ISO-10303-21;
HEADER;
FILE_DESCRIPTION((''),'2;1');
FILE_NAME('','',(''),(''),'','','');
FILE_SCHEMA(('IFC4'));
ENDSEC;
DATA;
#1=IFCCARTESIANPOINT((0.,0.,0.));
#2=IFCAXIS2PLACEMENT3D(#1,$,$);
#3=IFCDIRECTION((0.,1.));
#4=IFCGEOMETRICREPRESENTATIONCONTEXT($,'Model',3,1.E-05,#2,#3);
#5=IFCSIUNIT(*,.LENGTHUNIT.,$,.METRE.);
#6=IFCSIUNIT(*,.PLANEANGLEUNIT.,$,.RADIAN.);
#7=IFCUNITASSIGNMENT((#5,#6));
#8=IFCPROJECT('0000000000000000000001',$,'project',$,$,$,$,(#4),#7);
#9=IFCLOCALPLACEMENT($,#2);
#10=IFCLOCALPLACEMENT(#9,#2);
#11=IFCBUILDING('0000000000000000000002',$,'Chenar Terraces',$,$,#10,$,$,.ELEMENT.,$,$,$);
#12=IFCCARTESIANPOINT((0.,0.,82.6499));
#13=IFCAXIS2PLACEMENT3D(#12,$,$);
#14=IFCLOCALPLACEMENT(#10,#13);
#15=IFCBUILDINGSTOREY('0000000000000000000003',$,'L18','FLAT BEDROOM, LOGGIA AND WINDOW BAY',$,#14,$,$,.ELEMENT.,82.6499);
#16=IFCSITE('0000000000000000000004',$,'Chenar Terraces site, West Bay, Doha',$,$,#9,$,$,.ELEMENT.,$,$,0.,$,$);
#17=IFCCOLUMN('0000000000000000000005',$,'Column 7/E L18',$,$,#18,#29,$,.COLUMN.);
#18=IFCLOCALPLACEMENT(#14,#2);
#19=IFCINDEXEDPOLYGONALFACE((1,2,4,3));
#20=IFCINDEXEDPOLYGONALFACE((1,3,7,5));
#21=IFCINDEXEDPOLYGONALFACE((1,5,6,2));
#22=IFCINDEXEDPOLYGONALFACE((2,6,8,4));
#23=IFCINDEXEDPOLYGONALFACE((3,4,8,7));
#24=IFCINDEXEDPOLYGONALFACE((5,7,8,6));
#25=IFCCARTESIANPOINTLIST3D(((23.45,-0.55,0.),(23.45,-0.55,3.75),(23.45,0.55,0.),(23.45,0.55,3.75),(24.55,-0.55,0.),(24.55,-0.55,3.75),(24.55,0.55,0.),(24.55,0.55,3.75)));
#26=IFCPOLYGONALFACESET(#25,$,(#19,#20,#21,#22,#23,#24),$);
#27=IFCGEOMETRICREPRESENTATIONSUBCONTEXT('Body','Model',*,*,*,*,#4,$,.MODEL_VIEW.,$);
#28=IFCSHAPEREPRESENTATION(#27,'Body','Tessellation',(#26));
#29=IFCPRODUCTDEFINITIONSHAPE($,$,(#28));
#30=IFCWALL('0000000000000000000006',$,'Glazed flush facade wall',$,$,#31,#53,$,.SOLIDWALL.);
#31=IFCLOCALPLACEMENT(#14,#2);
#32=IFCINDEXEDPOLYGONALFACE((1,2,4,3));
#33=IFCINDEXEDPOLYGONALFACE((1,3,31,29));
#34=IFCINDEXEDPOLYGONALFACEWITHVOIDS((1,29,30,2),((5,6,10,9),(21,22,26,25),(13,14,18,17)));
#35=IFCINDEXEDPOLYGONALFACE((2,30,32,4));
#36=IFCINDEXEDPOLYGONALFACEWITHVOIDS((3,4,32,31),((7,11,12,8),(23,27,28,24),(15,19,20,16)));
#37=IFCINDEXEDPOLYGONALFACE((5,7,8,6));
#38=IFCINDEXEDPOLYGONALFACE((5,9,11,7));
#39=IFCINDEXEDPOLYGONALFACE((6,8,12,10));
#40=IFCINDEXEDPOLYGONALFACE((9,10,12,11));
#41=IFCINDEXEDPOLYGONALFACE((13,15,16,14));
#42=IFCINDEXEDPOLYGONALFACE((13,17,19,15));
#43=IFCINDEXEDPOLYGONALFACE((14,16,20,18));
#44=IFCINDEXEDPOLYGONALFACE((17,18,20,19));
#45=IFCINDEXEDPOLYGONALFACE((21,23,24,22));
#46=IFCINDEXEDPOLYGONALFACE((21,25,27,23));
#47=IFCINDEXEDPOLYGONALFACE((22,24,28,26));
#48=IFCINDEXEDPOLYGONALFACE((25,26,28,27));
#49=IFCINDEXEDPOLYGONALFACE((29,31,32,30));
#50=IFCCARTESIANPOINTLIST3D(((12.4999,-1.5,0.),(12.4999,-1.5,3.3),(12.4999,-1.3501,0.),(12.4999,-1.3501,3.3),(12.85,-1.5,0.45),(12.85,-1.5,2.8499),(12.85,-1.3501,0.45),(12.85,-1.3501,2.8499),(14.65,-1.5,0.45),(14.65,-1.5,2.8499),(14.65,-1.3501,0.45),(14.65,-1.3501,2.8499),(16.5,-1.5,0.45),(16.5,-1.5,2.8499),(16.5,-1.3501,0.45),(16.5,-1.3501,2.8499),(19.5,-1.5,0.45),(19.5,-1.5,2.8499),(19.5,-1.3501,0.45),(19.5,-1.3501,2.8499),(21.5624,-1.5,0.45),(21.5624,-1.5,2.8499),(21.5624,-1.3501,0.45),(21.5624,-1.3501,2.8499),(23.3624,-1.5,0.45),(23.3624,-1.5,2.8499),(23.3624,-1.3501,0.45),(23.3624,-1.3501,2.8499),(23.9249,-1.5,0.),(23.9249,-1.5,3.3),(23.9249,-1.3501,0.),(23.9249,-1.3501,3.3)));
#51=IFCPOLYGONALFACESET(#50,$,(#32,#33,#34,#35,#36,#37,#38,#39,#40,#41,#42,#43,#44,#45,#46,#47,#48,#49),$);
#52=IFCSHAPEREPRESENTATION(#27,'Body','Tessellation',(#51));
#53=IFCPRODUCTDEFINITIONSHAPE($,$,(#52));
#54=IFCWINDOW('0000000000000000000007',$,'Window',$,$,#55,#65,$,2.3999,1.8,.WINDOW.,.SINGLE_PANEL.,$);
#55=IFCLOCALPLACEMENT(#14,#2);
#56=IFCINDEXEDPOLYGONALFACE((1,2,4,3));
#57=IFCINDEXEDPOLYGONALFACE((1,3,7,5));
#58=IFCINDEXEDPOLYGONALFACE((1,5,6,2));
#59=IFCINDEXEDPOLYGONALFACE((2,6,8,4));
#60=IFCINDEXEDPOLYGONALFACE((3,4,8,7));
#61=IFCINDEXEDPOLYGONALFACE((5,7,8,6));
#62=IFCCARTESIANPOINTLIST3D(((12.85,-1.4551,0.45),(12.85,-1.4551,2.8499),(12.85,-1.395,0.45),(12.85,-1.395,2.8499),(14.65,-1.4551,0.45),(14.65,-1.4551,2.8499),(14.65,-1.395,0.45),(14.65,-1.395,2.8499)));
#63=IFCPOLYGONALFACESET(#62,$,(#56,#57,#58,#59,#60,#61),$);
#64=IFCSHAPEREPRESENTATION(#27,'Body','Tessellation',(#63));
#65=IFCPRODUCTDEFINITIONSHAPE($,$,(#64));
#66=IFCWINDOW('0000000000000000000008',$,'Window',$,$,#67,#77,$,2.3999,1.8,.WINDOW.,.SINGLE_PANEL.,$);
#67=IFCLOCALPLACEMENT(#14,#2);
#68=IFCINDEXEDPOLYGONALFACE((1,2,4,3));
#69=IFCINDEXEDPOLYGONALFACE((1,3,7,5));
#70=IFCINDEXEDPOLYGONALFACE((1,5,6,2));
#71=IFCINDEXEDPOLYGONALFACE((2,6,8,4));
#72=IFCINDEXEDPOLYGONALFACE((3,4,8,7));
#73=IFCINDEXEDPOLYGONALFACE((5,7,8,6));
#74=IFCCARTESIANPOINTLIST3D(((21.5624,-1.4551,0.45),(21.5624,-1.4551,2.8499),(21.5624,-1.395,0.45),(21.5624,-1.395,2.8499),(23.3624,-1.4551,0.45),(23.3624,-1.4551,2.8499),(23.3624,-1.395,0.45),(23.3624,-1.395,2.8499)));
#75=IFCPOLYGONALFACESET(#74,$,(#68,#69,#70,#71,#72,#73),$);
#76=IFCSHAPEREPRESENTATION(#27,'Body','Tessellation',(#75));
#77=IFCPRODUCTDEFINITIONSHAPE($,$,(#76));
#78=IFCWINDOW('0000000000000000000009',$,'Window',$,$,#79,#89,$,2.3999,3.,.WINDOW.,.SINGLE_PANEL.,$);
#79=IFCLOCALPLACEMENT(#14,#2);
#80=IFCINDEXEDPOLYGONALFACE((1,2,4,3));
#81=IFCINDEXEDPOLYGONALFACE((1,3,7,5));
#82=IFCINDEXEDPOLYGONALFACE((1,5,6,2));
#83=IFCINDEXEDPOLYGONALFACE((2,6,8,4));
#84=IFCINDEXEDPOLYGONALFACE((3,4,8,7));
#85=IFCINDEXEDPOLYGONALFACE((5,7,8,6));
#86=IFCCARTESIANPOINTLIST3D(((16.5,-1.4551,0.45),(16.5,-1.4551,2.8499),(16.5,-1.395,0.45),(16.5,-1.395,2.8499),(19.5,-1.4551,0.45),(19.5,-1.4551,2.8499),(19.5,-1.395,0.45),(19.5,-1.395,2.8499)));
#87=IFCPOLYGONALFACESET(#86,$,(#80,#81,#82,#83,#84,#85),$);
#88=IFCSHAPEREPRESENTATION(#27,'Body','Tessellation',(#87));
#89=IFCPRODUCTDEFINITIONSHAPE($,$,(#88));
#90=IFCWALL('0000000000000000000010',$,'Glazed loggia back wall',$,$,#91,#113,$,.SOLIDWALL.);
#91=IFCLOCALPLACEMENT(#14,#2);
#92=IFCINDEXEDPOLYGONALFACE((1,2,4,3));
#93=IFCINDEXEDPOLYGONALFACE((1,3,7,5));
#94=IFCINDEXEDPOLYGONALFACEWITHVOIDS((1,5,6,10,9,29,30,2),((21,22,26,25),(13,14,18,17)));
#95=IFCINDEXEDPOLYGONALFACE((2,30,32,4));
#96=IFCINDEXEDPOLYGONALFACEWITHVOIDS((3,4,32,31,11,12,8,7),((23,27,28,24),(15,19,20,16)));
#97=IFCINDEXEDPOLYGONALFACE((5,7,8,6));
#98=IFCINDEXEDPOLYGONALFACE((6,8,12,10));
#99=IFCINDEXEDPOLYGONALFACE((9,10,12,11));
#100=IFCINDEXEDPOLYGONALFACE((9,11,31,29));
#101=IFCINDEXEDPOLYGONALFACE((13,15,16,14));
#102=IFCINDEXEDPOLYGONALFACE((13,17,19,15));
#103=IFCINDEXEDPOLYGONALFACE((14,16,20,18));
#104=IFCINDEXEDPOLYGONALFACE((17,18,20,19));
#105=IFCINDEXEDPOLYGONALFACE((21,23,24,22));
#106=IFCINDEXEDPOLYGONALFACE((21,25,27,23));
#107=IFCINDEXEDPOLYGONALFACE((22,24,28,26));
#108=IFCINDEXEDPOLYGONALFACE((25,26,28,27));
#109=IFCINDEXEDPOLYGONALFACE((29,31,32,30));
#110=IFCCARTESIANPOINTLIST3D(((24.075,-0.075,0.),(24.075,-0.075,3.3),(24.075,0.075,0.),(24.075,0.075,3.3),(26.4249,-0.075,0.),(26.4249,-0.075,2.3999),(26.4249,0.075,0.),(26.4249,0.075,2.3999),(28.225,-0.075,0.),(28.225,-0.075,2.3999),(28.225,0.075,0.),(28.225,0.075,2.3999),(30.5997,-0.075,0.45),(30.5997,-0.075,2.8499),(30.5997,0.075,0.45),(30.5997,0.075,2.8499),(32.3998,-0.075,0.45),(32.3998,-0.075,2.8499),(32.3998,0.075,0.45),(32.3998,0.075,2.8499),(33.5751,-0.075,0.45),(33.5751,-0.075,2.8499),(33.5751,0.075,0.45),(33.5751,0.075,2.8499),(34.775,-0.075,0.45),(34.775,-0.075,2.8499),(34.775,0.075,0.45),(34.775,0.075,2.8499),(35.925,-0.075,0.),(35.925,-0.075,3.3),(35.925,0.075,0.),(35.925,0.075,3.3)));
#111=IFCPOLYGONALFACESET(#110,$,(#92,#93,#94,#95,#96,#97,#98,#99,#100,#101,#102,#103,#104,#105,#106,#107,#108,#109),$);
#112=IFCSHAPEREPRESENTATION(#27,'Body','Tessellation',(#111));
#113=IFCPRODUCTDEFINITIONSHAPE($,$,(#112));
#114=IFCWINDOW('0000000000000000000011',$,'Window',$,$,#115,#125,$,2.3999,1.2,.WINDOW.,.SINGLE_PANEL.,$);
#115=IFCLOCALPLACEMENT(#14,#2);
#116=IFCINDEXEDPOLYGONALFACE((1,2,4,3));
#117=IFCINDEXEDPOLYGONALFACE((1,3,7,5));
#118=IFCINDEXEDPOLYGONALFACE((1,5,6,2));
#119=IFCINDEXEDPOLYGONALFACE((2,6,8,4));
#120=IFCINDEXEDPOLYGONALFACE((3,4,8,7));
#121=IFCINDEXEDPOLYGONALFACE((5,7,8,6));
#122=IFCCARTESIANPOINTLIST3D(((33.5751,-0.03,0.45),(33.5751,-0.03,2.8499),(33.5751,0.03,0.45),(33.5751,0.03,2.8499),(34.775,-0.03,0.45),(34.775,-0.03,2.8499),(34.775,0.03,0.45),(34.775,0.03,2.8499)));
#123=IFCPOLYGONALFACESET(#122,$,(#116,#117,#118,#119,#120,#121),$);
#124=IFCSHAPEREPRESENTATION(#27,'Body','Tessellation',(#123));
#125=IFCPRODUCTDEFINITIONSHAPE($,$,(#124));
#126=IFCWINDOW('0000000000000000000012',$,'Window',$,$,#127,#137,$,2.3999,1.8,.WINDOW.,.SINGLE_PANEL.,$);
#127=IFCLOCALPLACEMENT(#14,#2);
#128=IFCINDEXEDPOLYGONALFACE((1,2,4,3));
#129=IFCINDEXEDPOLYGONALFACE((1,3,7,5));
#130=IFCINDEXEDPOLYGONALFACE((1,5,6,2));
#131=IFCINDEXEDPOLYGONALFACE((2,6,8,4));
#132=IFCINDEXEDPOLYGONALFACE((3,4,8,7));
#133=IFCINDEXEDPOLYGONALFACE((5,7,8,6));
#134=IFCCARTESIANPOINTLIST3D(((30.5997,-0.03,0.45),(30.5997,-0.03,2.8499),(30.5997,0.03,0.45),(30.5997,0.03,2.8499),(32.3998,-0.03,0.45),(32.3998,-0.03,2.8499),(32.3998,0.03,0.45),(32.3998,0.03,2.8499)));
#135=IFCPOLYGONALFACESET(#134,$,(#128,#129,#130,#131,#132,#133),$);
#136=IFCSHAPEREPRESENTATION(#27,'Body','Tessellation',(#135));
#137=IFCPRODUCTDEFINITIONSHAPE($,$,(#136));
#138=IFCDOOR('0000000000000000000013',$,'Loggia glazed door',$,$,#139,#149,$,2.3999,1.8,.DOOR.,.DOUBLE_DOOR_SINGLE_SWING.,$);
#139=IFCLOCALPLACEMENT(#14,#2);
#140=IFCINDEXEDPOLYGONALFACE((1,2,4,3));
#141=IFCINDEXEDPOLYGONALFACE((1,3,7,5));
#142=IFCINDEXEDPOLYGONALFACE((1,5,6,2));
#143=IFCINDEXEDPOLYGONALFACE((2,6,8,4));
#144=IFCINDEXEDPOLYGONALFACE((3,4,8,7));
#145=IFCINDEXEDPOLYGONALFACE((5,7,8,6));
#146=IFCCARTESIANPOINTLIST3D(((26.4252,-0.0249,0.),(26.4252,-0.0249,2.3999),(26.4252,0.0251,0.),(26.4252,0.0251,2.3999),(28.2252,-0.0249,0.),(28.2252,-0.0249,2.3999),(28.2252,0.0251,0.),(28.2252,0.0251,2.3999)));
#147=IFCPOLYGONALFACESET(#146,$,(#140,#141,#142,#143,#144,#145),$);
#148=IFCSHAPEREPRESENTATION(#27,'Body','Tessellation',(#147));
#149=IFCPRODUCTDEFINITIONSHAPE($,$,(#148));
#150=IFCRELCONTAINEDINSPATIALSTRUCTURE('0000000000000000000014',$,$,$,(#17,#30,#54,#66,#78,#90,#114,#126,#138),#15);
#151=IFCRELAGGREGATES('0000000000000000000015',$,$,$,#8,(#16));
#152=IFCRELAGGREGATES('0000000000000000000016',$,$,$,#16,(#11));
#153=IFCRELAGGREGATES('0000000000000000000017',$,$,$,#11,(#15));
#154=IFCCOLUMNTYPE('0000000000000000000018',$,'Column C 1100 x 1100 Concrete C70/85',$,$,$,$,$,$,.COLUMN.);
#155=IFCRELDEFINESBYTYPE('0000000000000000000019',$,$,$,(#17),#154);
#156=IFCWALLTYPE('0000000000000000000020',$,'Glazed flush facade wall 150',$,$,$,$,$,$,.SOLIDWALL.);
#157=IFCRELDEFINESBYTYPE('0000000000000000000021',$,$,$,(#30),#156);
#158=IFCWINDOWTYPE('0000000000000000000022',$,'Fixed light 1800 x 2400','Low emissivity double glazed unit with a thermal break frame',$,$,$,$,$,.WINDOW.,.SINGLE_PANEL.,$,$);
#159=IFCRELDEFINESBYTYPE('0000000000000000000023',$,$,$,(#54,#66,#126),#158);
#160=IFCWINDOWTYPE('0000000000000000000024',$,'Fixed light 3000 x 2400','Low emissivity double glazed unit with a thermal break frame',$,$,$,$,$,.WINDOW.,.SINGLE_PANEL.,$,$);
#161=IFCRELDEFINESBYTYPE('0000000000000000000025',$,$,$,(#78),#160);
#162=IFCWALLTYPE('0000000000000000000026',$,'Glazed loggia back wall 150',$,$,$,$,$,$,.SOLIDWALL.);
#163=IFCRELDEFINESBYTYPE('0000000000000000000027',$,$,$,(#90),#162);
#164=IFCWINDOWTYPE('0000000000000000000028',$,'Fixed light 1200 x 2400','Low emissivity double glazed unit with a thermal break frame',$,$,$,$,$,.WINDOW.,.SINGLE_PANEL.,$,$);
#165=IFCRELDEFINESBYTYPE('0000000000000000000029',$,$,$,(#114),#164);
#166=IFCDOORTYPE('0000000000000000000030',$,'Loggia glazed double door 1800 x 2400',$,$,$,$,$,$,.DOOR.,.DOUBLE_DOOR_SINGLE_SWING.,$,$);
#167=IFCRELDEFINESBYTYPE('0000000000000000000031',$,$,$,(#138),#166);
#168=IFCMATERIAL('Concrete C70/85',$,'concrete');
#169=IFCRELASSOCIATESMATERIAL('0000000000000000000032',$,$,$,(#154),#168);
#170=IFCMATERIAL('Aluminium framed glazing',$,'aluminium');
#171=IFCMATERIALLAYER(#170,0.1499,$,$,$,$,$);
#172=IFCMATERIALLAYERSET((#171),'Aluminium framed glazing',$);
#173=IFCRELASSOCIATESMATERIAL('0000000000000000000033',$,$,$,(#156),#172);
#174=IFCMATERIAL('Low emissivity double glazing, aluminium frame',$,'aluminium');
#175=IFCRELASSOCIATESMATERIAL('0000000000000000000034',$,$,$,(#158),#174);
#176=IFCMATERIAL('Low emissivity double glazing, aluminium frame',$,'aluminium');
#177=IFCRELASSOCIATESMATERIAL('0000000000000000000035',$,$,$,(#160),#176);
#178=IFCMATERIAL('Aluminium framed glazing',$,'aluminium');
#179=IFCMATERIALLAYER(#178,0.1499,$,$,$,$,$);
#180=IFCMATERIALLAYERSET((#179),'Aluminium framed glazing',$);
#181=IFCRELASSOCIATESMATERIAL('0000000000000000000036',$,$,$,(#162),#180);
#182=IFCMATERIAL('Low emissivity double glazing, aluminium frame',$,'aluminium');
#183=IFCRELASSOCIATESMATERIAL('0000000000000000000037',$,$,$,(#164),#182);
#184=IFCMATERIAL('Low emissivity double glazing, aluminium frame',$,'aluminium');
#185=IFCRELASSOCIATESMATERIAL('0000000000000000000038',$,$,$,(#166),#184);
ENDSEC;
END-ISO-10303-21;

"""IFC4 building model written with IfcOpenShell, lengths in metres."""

from ifc_helpers import new_model, si_unit, direction, frame, frame_2d, origin, origin_2d, place, context, subcontext, project, spatial, rectangle, extrude, material, layer, layer_set, material_profile, profile_set, type_object, element, fill, save


model = new_model("IFC4")

# Units and contexts
model_context = context("Model", 3, precision=1e-05, world=origin(), true_north=direction((0.0, 1.0)))
body_context = subcontext(model_context, "Body", "Model", "MODEL_VIEW")
ifc_project = project(units=[si_unit("LENGTHUNIT", "METRE"), si_unit("PLANEANGLEUNIT", "RADIAN")], contexts=[model_context])

# Site, building, storey
site_placement = place(None, origin())
site = spatial("IfcSite", under=ifc_project, at=site_placement, Name="Chenar Terraces site, West Bay, Doha", CompositionType="ELEMENT", RefElevation=0.0)
building_placement = place(site_placement, origin())
building = spatial("IfcBuilding", under=site, at=building_placement, Name="Chenar Terraces", CompositionType="ELEMENT")
storey_placement = place(building_placement, frame((0.0, 0.0, 82.6499)))
storey = spatial("IfcBuildingStorey", under=building, at=storey_placement, Name="L18", Description="FLAT BEDROOM, LOGGIA AND WINDOW BAY", CompositionType="ELEMENT", Elevation=82.6499)

# Column
ifc_material_1 = material(Name="Concrete C70/85", Category="concrete")
ifc_material_profile = material_profile(ifc_material_1, rectangle(XDim=1.1001, YDim=1.1001, at=origin_2d()), Name="C 1100 x 1100")
ifc_profile_set = profile_set([ifc_material_profile], Name="Concrete C70/85")
column_type = type_object("IfcColumnType", Name="Column C 1100 x 1100 Concrete C70/85", PredefinedType="COLUMN", material=ifc_profile_set)
column_placement = place(storey_placement, frame((24.0, 0.0, 0.0), z_axis=(0.0, 0.0, 1.0), x_axis=(1.0, 0.0, 0.0)))
element("IfcColumn", 1, at=column_placement, inside=storey, type_object=column_type, Name="Column 7/E L18", PredefinedType="COLUMN", context=body_context, shape_type="SweptSolid", body=[
    extrude(rectangle(XDim=1.1001, YDim=1.1001, at=origin_2d()), origin(), (0.0, 0.0, 1.0), 3.75),
])

# Wall, openings, windows
ifc_material_2 = material(Name="Aluminium framed glazing", Category="aluminium")
ifc_layer_1 = layer(ifc_material_2, 0.1499)
ifc_layer_set_1 = layer_set([ifc_layer_1], Name="Aluminium framed glazing")
wall_type_1 = type_object("IfcWallType", Name="Glazed flush facade wall 150", PredefinedType="SOLIDWALL", material=ifc_layer_set_1)
wall_1_placement = place(storey_placement, frame((12.5, -1.425, 0.0), z_axis=(0.0, 0.0, 1.0), x_axis=(1.0, 0.0, 0.0)))
wall_1 = element("IfcWall", 2, at=wall_1_placement, inside=storey, type_object=wall_type_1, Name="Glazed flush facade wall", PredefinedType="SOLIDWALL", context=body_context, shape_type="SweptSolid", body=[
    extrude(rectangle(XDim=11.425, YDim=0.1499, at=frame_2d((5.7124, 0.0))), origin(), (0.0, 0.0, 1.0), 3.3),
])
opening_1_placement = place(wall_1_placement, frame((0.3501, 0.0, 0.45)))
opening_1 = element("IfcOpeningElement", 3, at=opening_1_placement, cuts=wall_1, PredefinedType="OPENING", context=body_context, shape_type="SweptSolid", body=[
    extrude(rectangle(XDim=1.8, YDim=2.3999, at=frame_2d((0.8999, 1.2))), frame((0.0, 0.085, 0.0), z_axis=(0.0, -1.0, 0.0), x_axis=(1.0, 0.0, 0.0)), (0.0, 0.0, 1.0), 0.1699),
])
opening_2_placement = place(wall_1_placement, frame((4.0, 0.0, 0.45)))
opening_2 = element("IfcOpeningElement", 4, at=opening_2_placement, cuts=wall_1, PredefinedType="OPENING", context=body_context, shape_type="SweptSolid", body=[
    extrude(rectangle(XDim=3.0, YDim=2.3999, at=frame_2d((1.5, 1.2))), frame((0.0, 0.085, 0.0), z_axis=(0.0, -1.0, 0.0), x_axis=(1.0, 0.0, 0.0)), (0.0, 0.0, 1.0), 0.1699),
])
opening_3_placement = place(wall_1_placement, frame((9.0625, 0.0, 0.45)))
opening_3 = element("IfcOpeningElement", 5, at=opening_3_placement, cuts=wall_1, PredefinedType="OPENING", context=body_context, shape_type="SweptSolid", body=[
    extrude(rectangle(XDim=1.8, YDim=2.3999, at=frame_2d((0.8999, 1.2))), frame((0.0, 0.085, 0.0), z_axis=(0.0, -1.0, 0.0), x_axis=(1.0, 0.0, 0.0)), (0.0, 0.0, 1.0), 0.1699),
])
ifc_material_3 = material(Name="Low emissivity double glazing, aluminium frame", Category="aluminium")
window_type_1 = type_object("IfcWindowType", Name="Fixed light 1800 x 2400", Description="Low emissivity double glazed unit with a thermal break frame", PartitioningType="SINGLE_PANEL", PredefinedType="WINDOW", material=ifc_material_3)
window_1_placement = place(opening_1_placement, origin())
window_1 = element("IfcWindow", 6, at=window_1_placement, inside=storey, type_object=window_type_1, Name="Window", OverallHeight=2.3999, OverallWidth=1.8, PartitioningType="SINGLE_PANEL", PredefinedType="WINDOW", context=body_context, shape_type="SweptSolid", body=[
    extrude(rectangle(XDim=1.8, YDim=2.3999, at=frame_2d((0.8999, 1.2))), frame((0.0, 0.03, 0.0), z_axis=(0.0, -1.0, 0.0), x_axis=(1.0, 0.0, 0.0)), (0.0, 0.0, 1.0), 0.0601),
])
fill(opening_1, window_1)
window_2_placement = place(opening_3_placement, origin())
window_2 = element("IfcWindow", 7, at=window_2_placement, inside=storey, type_object=window_type_1, Name="Window", OverallHeight=2.3999, OverallWidth=1.8, PartitioningType="SINGLE_PANEL", PredefinedType="WINDOW", context=body_context, shape_type="SweptSolid", body=[
    extrude(rectangle(XDim=1.8, YDim=2.3999, at=frame_2d((0.8999, 1.2))), frame((0.0, 0.03, 0.0), z_axis=(0.0, -1.0, 0.0), x_axis=(1.0, 0.0, 0.0)), (0.0, 0.0, 1.0), 0.0601),
])
fill(opening_3, window_2)
ifc_material_4 = material(Name="Low emissivity double glazing, aluminium frame", Category="aluminium")
window_type_2 = type_object("IfcWindowType", Name="Fixed light 3000 x 2400", Description="Low emissivity double glazed unit with a thermal break frame", PartitioningType="SINGLE_PANEL", PredefinedType="WINDOW", material=ifc_material_4)
window_3_placement = place(opening_2_placement, origin())
window_3 = element("IfcWindow", 8, at=window_3_placement, inside=storey, type_object=window_type_2, Name="Window", OverallHeight=2.3999, OverallWidth=3.0, PartitioningType="SINGLE_PANEL", PredefinedType="WINDOW", context=body_context, shape_type="SweptSolid", body=[
    extrude(rectangle(XDim=3.0, YDim=2.3999, at=frame_2d((1.5, 1.2))), frame((0.0, 0.03, 0.0), z_axis=(0.0, -1.0, 0.0), x_axis=(1.0, 0.0, 0.0)), (0.0, 0.0, 1.0), 0.0601),
])
fill(opening_2, window_3)

# Wall, openings, windows, door
ifc_material_5 = material(Name="Aluminium framed glazing", Category="aluminium")
ifc_layer_2 = layer(ifc_material_5, 0.1499)
ifc_layer_set_2 = layer_set([ifc_layer_2], Name="Aluminium framed glazing")
wall_type_2 = type_object("IfcWallType", Name="Glazed loggia back wall 150", PredefinedType="SOLIDWALL", material=ifc_layer_set_2)
wall_2_placement = place(storey_placement, frame((24.075, 0.0, 0.0), z_axis=(0.0, 0.0, 1.0), x_axis=(1.0, 0.0, 0.0)))
wall_2 = element("IfcWall", 9, at=wall_2_placement, inside=storey, type_object=wall_type_2, Name="Glazed loggia back wall", PredefinedType="SOLIDWALL", context=body_context, shape_type="SweptSolid", body=[
    extrude(rectangle(XDim=11.8501, YDim=0.1499, at=frame_2d((5.925, 0.0))), origin(), (0.0, 0.0, 1.0), 3.3),
])
opening_4_placement = place(wall_2_placement, frame((2.3501, 0.0, 0.0)))
opening_4 = element("IfcOpeningElement", 10, at=opening_4_placement, cuts=wall_2, PredefinedType="OPENING", context=body_context, shape_type="SweptSolid", body=[
    extrude(rectangle(XDim=1.8, YDim=2.3999, at=frame_2d((0.8999, 1.2))), frame((0.0, 0.085, 0.0), z_axis=(0.0, -1.0, 0.0), x_axis=(1.0, 0.0, 0.0)), (0.0, 0.0, 1.0), 0.1699),
])
opening_5_placement = place(wall_2_placement, frame((6.5249, 0.0, 0.45)))
opening_5 = element("IfcOpeningElement", 11, at=opening_5_placement, cuts=wall_2, PredefinedType="OPENING", context=body_context, shape_type="SweptSolid", body=[
    extrude(rectangle(XDim=1.8, YDim=2.3999, at=frame_2d((0.8999, 1.2))), frame((0.0, 0.085, 0.0), z_axis=(0.0, -1.0, 0.0), x_axis=(1.0, 0.0, 0.0)), (0.0, 0.0, 1.0), 0.1699),
])
opening_6_placement = place(wall_2_placement, frame((9.5, 0.0, 0.45)))
opening_6 = element("IfcOpeningElement", 12, at=opening_6_placement, cuts=wall_2, PredefinedType="OPENING", context=body_context, shape_type="SweptSolid", body=[
    extrude(rectangle(XDim=1.2, YDim=2.3999, at=frame_2d((0.6001, 1.2))), frame((0.0, 0.085, 0.0), z_axis=(0.0, -1.0, 0.0), x_axis=(1.0, 0.0, 0.0)), (0.0, 0.0, 1.0), 0.1699),
])
ifc_material_6 = material(Name="Low emissivity double glazing, aluminium frame", Category="aluminium")
window_type_3 = type_object("IfcWindowType", Name="Fixed light 1200 x 2400", Description="Low emissivity double glazed unit with a thermal break frame", PartitioningType="SINGLE_PANEL", PredefinedType="WINDOW", material=ifc_material_6)
window_4_placement = place(opening_6_placement, origin())
window_4 = element("IfcWindow", 13, at=window_4_placement, inside=storey, type_object=window_type_3, Name="Window", OverallHeight=2.3999, OverallWidth=1.2, PartitioningType="SINGLE_PANEL", PredefinedType="WINDOW", context=body_context, shape_type="SweptSolid", body=[
    extrude(rectangle(XDim=1.2, YDim=2.3999, at=frame_2d((0.6001, 1.2))), frame((0.0, 0.03, 0.0), z_axis=(0.0, -1.0, 0.0), x_axis=(1.0, 0.0, 0.0)), (0.0, 0.0, 1.0), 0.0601),
])
fill(opening_6, window_4)
window_5_placement = place(opening_5_placement, origin())
window_5 = element("IfcWindow", 14, at=window_5_placement, inside=storey, type_object=window_type_1, Name="Window", OverallHeight=2.3999, OverallWidth=1.8, PartitioningType="SINGLE_PANEL", PredefinedType="WINDOW", context=body_context, shape_type="SweptSolid", body=[
    extrude(rectangle(XDim=1.8, YDim=2.3999, at=frame_2d((0.8999, 1.2))), frame((0.0, 0.03, 0.0), z_axis=(0.0, -1.0, 0.0), x_axis=(1.0, 0.0, 0.0)), (0.0, 0.0, 1.0), 0.0601),
])
fill(opening_5, window_5)
ifc_material_7 = material(Name="Low emissivity double glazing, aluminium frame", Category="aluminium")
door_type = type_object("IfcDoorType", Name="Loggia glazed double door 1800 x 2400", OperationType="DOUBLE_DOOR_SINGLE_SWING", PredefinedType="DOOR", material=ifc_material_7)
door_placement = place(opening_4_placement, frame((1.8, 0.0, 0.0), z_axis=(0.0, 0.0, 1.0), x_axis=(-1.0, 0.0, 0.0)))
door = element("IfcDoor", 15, at=door_placement, inside=storey, type_object=door_type, Name="Loggia glazed door", OperationType="DOUBLE_DOOR_SINGLE_SWING", OverallHeight=2.3999, OverallWidth=1.8, PredefinedType="DOOR", context=body_context, shape_type="SweptSolid", body=[
    extrude(rectangle(XDim=1.8, YDim=2.3999, at=frame_2d((0.8999, 1.2))), frame((0.0, 0.0249, 0.0), z_axis=(0.0, -1.0, 0.0), x_axis=(1.0, 0.0, 0.0)), (0.0, 0.0, 1.0), 0.05),
])
fill(opening_4, door)

save(model, "model.ifc")
